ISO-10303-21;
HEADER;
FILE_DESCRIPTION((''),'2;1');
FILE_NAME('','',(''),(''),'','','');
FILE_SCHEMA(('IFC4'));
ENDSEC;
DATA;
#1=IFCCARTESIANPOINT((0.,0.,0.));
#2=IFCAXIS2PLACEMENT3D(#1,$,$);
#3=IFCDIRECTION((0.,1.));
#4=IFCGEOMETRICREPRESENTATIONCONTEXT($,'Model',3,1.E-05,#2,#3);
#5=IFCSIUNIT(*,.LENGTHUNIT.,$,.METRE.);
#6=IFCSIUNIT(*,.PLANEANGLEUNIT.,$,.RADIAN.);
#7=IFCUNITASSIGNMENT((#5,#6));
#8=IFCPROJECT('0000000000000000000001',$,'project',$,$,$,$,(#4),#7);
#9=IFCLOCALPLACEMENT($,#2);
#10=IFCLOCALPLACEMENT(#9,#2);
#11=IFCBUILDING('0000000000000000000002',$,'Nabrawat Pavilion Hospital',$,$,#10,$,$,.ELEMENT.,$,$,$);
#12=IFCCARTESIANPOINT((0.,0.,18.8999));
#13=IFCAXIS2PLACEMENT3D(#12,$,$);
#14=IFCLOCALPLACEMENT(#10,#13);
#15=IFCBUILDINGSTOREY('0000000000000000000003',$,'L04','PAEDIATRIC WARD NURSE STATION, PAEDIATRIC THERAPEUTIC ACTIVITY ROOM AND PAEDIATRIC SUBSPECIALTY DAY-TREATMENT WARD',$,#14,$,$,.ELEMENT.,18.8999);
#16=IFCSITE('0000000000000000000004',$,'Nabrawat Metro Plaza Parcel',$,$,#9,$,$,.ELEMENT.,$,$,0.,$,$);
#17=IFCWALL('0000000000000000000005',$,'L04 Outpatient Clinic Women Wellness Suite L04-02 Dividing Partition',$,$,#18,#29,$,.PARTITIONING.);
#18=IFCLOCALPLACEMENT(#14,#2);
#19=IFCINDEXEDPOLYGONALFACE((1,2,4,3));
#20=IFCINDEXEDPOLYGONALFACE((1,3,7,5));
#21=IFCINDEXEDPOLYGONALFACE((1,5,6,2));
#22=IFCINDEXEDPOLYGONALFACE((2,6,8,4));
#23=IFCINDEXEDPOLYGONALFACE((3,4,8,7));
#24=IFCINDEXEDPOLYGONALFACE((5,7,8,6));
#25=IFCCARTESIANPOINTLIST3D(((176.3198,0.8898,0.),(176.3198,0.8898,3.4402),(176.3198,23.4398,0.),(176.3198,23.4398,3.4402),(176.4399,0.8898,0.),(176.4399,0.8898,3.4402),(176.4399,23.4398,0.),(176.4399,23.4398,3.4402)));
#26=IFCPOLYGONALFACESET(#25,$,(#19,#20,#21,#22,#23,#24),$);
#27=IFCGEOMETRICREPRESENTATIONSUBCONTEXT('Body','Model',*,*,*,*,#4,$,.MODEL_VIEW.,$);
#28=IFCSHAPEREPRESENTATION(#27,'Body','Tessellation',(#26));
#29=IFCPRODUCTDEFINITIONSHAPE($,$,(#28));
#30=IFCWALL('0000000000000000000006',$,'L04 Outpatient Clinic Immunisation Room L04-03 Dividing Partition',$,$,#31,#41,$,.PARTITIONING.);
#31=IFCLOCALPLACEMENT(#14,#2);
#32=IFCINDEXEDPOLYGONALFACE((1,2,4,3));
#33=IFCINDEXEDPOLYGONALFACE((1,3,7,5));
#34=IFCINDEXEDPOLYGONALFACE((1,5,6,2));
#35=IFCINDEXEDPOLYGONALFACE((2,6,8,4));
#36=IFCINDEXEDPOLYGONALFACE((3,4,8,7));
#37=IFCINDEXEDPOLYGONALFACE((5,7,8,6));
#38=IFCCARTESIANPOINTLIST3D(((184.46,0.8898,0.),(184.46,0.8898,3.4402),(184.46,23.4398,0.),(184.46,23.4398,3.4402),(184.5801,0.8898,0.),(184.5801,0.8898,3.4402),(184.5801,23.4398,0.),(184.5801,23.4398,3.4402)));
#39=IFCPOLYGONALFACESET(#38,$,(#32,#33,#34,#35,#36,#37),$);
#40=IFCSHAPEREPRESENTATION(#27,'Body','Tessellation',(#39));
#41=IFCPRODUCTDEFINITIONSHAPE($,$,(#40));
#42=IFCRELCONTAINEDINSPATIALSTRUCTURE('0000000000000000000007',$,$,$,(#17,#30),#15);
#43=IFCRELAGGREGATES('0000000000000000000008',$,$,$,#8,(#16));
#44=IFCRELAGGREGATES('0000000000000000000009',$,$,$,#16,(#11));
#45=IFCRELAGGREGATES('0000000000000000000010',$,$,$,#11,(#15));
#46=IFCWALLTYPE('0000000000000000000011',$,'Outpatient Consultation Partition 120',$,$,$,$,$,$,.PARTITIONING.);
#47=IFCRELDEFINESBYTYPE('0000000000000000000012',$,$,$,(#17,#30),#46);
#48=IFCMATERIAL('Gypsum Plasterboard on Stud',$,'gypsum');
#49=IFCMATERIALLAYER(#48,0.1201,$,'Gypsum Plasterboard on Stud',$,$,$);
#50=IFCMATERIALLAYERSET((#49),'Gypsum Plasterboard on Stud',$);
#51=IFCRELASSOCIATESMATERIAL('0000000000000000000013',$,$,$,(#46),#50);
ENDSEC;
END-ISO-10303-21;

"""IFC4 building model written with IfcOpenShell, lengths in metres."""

from ifc_helpers import new_model, si_unit, direction, frame, frame_2d, origin, place, context, subcontext, project, spatial, rectangle, extrude, material, layer, layer_set, type_object, element, save


model = new_model("IFC4")

# Units and contexts
model_context = context("Model", 3, precision=1e-05, world=origin(), true_north=direction((0.0, 1.0)))
body_context = subcontext(model_context, "Body", "Model", "MODEL_VIEW")
ifc_project = project(units=[si_unit("LENGTHUNIT", "METRE"), si_unit("PLANEANGLEUNIT", "RADIAN")], contexts=[model_context])

# Site, building, storey
site_placement = place(None, origin())
site = spatial("IfcSite", under=ifc_project, at=site_placement, Name="Nabrawat Metro Plaza Parcel", CompositionType="ELEMENT", RefElevation=0.0)
building_placement = place(site_placement, origin())
building = spatial("IfcBuilding", under=site, at=building_placement, Name="Nabrawat Pavilion Hospital", CompositionType="ELEMENT")
storey_placement = place(building_placement, frame((0.0, 0.0, 18.8999)))
storey = spatial("IfcBuildingStorey", under=building, at=storey_placement, Name="L04", Description="PAEDIATRIC WARD NURSE STATION, PAEDIATRIC THERAPEUTIC ACTIVITY ROOM AND PAEDIATRIC SUBSPECIALTY DAY-TREATMENT WARD", CompositionType="ELEMENT", Elevation=18.8999)

# Walls
ifc_material_1 = material(Name="Gypsum Plasterboard on Stud", Category="gypsum")
ifc_layer_1 = layer(ifc_material_1, 0.1201, Name="Gypsum Plasterboard on Stud")
ifc_layer_set_1 = layer_set([ifc_layer_1], Name="Gypsum Plasterboard on Stud")
wall_type_1 = type_object("IfcWallType", Name="Outpatient Consultation Partition 120", PredefinedType="PARTITIONING", material=ifc_layer_set_1)
for number, where, z_axis, x_axis, name in (
    (1, (176.3799, 0.8899, 0.0), (0.0, 0.0, 1.0), (0.0, 1.0, 0.0), "L04 Outpatient Clinic Women Wellness Suite L04-02 Dividing Partition"),
    (2, (184.52, 0.8899, 0.0), (0.0, 0.0, 1.0), (0.0, 1.0, 0.0), "L04 Outpatient Clinic Immunisation Room L04-03 Dividing Partition"),
):
    element("IfcWall", number, at=place(storey_placement, frame(where, z_axis=z_axis, x_axis=x_axis)), inside=storey, type_object=wall_type_1, Name=name, PredefinedType="PARTITIONING", context=body_context, shape_type="SweptSolid", body=[
        extrude(rectangle(XDim=22.55, YDim=0.1201, at=frame_2d((11.2749, 0.0))), origin(), (0.0, 0.0, 1.0), 3.4402),
    ])

save(model, "model.ifc")
